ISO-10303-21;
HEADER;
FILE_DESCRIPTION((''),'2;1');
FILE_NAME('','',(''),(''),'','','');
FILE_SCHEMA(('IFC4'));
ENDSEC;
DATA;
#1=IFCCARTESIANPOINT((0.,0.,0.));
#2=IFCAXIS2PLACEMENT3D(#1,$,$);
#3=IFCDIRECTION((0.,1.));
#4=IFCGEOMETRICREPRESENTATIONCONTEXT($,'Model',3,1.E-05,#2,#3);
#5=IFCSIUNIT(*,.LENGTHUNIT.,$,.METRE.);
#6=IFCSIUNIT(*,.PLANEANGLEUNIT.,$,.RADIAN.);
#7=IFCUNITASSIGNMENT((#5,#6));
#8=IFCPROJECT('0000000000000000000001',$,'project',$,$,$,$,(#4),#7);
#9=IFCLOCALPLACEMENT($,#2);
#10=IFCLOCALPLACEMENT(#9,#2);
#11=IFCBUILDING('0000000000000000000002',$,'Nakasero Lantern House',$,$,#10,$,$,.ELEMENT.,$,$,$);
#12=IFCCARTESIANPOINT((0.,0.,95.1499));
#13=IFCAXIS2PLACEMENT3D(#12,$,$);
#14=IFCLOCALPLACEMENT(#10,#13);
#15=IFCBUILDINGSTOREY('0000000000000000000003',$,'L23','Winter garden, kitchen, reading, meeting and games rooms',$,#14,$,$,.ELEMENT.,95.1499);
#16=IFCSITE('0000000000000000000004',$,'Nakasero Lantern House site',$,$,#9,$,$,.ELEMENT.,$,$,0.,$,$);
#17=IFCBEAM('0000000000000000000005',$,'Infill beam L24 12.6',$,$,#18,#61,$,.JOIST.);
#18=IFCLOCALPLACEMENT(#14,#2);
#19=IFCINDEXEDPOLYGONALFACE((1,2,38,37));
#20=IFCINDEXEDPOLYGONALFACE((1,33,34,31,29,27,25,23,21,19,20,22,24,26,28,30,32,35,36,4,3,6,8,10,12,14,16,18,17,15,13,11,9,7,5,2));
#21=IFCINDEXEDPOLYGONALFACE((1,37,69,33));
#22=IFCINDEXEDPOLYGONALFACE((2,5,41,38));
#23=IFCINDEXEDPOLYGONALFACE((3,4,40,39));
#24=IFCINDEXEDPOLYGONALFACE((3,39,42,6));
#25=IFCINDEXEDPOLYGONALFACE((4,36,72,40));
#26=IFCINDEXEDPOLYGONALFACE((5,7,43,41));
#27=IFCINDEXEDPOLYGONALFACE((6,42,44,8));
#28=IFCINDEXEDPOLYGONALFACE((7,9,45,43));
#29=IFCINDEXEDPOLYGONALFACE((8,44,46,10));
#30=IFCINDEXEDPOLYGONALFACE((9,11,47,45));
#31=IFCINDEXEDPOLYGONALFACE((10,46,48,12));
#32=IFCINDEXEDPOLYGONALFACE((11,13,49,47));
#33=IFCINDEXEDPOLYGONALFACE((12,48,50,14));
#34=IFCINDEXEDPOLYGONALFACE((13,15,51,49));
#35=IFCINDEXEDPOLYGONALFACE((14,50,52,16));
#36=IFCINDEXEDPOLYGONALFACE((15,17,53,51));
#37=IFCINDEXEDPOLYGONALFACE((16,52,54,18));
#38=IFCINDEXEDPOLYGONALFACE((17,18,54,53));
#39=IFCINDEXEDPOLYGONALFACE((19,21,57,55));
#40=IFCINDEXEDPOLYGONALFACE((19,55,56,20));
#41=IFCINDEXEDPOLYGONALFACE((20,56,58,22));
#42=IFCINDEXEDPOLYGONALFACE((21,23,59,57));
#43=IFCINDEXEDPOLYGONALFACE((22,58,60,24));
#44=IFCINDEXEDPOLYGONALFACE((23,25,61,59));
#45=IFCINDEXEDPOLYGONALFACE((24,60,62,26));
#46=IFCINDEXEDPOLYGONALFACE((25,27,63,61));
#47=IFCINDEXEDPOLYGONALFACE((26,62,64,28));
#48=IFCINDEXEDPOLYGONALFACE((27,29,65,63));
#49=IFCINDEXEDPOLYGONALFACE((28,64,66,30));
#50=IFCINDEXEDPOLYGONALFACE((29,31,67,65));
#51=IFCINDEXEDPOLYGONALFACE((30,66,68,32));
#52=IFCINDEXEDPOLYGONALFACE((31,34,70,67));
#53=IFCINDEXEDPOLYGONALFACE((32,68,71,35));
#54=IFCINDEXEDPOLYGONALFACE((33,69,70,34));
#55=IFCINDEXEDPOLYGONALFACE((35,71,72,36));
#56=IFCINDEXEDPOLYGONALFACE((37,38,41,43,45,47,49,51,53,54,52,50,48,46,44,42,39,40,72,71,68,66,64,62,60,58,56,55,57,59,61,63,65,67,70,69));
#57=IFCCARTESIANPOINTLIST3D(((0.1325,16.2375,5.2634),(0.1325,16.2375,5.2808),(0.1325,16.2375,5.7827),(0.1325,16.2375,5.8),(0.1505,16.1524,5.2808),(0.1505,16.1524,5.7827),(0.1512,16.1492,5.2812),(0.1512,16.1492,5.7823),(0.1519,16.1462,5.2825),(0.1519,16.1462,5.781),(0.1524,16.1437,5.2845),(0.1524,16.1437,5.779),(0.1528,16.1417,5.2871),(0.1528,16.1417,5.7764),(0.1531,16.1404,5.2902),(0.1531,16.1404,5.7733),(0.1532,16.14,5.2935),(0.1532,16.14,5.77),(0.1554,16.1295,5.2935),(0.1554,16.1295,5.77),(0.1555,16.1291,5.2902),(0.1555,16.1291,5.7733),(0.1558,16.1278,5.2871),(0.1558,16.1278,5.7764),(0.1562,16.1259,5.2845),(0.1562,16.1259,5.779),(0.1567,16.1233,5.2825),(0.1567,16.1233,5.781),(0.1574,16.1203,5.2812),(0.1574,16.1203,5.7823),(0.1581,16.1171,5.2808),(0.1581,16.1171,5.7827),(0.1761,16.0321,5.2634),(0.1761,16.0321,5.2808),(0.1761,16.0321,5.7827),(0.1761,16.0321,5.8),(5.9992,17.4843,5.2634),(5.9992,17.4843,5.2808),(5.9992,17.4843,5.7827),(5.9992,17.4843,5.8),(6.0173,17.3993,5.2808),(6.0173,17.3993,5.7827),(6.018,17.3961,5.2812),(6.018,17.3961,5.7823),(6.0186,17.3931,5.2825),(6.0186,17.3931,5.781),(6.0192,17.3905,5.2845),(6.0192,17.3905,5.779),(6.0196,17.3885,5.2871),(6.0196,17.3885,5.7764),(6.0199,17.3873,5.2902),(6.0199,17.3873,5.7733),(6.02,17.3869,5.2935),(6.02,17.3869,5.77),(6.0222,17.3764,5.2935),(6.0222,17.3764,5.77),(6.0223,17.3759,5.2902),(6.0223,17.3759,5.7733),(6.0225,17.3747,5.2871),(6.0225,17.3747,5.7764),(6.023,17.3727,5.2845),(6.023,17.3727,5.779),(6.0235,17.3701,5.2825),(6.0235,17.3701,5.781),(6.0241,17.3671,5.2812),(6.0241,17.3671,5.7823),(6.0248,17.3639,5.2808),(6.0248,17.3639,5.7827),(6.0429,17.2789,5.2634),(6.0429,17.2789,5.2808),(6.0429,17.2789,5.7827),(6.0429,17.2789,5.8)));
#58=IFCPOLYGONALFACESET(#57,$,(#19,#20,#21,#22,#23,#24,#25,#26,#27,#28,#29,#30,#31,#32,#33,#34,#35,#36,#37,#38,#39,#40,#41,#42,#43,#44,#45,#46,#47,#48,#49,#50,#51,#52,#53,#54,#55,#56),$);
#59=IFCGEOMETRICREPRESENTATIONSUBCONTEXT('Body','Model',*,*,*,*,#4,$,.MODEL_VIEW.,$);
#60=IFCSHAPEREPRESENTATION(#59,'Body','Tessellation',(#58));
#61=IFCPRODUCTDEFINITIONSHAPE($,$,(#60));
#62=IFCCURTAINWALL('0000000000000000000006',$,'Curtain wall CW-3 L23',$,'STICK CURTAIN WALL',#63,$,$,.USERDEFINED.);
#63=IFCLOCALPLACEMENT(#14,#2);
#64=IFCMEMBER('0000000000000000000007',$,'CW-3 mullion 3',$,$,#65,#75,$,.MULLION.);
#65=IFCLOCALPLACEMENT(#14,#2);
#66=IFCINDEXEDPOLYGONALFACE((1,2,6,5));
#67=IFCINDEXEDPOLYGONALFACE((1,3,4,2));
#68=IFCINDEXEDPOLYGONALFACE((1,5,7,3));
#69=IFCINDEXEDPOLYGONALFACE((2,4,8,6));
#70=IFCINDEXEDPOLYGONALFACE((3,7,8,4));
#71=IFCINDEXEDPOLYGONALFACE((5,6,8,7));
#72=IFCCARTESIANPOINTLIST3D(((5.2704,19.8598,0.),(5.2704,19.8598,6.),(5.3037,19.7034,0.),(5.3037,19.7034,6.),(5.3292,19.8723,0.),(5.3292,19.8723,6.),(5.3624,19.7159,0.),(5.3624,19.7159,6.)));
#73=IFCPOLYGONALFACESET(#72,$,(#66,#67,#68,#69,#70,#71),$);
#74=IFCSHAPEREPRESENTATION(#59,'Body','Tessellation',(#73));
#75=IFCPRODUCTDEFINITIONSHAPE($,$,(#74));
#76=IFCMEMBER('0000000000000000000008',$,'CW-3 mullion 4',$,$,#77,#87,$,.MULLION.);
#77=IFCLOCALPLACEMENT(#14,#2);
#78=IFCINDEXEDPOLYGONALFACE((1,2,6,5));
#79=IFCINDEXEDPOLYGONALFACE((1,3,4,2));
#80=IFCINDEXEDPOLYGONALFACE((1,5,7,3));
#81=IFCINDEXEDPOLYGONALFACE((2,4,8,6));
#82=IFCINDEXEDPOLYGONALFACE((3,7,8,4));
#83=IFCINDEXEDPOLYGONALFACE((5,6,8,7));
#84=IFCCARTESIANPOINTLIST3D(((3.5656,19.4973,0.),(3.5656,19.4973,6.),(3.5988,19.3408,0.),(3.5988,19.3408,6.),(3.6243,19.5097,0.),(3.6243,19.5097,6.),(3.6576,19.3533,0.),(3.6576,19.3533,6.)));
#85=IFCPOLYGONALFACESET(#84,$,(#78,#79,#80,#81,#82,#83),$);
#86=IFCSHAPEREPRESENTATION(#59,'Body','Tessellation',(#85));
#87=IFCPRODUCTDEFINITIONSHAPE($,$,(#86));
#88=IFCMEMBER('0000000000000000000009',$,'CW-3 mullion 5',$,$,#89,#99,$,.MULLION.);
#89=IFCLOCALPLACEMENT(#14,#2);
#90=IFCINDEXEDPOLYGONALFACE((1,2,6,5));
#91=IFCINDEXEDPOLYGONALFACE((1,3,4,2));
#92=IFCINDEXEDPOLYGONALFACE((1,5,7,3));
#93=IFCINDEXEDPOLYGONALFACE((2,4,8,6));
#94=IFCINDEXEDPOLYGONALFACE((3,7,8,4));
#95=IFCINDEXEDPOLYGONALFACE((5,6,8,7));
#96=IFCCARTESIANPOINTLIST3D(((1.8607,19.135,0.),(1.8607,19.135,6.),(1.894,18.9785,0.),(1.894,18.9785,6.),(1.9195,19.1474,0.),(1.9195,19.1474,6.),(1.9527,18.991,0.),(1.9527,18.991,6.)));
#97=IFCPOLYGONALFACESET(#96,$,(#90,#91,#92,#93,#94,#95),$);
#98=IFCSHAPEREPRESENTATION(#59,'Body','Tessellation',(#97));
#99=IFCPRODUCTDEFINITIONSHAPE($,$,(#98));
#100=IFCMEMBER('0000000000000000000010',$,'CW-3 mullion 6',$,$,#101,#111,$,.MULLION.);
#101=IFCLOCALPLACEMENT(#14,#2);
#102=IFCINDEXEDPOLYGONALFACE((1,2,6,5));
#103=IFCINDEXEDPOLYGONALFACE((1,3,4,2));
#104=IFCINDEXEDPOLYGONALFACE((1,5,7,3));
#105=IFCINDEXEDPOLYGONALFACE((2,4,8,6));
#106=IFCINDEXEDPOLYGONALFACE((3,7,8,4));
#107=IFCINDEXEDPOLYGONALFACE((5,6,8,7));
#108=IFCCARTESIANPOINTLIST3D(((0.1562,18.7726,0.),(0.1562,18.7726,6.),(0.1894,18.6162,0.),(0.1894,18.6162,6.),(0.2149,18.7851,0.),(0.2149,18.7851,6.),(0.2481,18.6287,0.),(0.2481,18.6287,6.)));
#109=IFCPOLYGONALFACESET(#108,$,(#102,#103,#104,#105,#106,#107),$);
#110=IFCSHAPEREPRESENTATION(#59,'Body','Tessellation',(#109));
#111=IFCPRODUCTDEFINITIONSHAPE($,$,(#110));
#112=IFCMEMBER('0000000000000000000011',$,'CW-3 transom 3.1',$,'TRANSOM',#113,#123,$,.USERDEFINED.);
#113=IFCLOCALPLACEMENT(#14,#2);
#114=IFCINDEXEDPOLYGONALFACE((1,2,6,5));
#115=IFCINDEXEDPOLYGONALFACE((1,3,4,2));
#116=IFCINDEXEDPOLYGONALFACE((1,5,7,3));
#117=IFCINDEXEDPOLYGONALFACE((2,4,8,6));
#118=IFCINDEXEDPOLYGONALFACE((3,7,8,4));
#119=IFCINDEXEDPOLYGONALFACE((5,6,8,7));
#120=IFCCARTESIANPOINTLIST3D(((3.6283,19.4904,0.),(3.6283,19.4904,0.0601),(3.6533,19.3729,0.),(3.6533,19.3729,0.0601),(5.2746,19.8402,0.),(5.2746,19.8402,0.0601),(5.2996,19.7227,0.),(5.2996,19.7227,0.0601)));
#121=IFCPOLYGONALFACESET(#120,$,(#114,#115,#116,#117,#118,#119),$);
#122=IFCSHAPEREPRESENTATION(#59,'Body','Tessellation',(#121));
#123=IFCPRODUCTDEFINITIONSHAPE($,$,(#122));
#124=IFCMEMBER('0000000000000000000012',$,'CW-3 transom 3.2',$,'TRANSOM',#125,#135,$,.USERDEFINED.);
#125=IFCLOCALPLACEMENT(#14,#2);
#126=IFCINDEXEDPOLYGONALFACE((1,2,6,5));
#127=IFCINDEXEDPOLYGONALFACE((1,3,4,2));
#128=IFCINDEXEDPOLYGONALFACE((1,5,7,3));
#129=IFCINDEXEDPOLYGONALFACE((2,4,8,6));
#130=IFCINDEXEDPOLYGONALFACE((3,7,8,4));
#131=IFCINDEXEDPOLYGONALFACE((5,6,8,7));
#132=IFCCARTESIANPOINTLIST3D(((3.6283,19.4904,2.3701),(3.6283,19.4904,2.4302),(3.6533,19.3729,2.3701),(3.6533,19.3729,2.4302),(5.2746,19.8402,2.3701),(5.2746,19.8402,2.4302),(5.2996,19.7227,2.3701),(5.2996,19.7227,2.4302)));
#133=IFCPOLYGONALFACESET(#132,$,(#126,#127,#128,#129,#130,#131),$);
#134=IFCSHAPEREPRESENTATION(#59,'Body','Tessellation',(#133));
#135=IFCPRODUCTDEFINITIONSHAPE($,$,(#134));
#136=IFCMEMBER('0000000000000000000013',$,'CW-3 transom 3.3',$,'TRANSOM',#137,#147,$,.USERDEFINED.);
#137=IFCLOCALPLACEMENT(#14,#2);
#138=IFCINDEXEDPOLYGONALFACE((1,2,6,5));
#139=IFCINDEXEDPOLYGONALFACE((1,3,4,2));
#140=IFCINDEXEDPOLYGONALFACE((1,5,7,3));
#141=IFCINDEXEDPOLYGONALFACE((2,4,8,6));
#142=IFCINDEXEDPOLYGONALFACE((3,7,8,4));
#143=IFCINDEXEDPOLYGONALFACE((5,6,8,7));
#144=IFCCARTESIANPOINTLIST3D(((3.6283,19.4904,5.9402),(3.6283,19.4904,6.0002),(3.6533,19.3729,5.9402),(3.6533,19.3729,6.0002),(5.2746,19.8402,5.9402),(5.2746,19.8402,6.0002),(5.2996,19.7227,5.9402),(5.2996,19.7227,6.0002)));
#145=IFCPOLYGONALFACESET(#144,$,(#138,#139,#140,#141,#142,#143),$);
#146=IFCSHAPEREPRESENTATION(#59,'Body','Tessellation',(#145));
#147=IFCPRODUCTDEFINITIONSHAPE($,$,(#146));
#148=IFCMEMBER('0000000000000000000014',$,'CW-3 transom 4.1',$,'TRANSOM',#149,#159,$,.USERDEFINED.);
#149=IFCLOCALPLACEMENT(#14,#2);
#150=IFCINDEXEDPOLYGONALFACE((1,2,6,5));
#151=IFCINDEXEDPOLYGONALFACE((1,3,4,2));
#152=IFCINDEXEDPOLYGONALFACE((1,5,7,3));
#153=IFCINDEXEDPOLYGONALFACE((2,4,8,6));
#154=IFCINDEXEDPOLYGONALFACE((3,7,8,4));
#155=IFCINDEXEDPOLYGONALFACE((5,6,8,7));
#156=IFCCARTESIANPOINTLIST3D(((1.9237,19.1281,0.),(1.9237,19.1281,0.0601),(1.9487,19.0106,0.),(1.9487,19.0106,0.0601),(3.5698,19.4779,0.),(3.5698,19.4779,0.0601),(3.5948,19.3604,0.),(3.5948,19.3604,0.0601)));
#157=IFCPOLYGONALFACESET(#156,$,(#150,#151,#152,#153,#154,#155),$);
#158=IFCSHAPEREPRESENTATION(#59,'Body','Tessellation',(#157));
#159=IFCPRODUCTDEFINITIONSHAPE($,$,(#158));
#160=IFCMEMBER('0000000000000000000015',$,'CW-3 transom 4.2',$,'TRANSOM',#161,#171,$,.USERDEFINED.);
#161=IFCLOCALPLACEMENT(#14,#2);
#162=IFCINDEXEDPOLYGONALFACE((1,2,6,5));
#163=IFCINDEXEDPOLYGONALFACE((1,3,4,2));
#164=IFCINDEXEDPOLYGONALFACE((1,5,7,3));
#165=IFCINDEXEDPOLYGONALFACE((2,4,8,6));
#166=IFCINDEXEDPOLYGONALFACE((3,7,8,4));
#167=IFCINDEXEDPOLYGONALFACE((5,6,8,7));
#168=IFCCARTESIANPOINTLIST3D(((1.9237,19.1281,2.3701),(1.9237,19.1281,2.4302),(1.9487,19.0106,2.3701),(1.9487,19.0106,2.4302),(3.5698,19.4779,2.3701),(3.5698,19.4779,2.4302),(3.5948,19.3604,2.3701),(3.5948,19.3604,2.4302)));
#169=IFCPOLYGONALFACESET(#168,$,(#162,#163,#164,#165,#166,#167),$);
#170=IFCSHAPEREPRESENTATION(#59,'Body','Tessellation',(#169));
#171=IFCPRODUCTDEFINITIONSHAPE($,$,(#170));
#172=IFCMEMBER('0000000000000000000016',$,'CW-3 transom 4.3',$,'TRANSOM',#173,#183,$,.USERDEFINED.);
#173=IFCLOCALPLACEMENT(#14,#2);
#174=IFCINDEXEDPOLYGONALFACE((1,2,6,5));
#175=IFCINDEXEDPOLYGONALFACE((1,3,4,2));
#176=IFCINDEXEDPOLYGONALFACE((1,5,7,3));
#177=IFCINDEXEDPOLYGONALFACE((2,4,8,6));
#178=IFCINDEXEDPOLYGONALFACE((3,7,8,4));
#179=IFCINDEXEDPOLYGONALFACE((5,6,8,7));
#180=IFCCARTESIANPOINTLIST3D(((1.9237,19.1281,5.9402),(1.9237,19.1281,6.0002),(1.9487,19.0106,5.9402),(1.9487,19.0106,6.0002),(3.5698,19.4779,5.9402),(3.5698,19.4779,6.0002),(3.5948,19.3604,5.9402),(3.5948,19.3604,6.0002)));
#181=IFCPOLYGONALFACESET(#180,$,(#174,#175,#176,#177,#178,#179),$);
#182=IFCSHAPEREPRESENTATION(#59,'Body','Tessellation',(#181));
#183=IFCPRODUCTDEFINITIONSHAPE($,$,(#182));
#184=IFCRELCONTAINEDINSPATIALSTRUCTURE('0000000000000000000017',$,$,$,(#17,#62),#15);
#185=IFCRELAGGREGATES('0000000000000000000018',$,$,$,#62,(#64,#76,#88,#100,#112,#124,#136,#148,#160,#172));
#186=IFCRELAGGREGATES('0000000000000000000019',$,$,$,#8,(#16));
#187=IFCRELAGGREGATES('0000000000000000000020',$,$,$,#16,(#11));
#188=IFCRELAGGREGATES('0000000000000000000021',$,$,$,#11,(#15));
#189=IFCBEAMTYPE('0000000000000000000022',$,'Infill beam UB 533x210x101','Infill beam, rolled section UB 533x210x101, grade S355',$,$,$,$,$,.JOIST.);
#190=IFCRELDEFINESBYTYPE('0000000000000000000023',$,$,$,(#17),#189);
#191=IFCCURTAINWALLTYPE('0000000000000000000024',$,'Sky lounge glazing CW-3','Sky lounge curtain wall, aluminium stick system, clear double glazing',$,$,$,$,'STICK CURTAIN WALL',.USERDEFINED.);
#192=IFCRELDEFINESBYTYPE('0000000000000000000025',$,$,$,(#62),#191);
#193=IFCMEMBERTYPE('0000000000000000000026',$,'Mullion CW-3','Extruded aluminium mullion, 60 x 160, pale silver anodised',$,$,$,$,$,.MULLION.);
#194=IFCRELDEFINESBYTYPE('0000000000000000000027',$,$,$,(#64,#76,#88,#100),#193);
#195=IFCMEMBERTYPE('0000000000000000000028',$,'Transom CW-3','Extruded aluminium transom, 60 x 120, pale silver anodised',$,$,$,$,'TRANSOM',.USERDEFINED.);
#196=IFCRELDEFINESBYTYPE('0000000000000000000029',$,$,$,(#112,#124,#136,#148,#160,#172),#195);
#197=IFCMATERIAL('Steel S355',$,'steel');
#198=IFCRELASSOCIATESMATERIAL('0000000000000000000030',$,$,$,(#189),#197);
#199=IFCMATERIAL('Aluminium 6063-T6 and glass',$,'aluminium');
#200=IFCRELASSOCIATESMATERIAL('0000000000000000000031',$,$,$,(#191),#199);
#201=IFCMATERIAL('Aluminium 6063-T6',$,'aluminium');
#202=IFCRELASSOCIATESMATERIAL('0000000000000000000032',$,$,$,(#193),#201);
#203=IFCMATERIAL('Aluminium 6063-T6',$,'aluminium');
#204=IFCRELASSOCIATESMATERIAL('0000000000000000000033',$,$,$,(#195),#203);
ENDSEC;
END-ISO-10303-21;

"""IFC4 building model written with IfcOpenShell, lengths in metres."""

from ifc_helpers import new_model, si_unit, direction, frame, origin, origin_2d, place, context, subcontext, project, spatial, rectangle, i_section, extrude, material, material_profile, profile_set, type_object, element, aggregate, save


model = new_model("IFC4")

# Units and contexts
model_context = context("Model", 3, precision=1e-05, world=origin(), true_north=direction((0.0, 1.0)))
body_context = subcontext(model_context, "Body", "Model", "MODEL_VIEW")
ifc_project = project(units=[si_unit("LENGTHUNIT", "METRE"), si_unit("PLANEANGLEUNIT", "RADIAN")], contexts=[model_context])

# Site, building, storey
site_placement = place(None, origin())
site = spatial("IfcSite", under=ifc_project, at=site_placement, Name="Nakasero Lantern House site", CompositionType="ELEMENT", RefElevation=0.0)
building_placement = place(site_placement, origin())
building = spatial("IfcBuilding", under=site, at=building_placement, Name="Nakasero Lantern House", CompositionType="ELEMENT")
storey_placement = place(building_placement, frame((0.0, 0.0, 95.1499)))
storey = spatial("IfcBuildingStorey", under=building, at=storey_placement, Name="L23", Description="Winter garden, kitchen, reading, meeting and games rooms", CompositionType="ELEMENT", Elevation=95.1499)

# Beam
ifc_material_1 = material(Name="Steel S355", Category="steel")
ifc_material_profile_1 = material_profile(ifc_material_1, i_section(OverallWidth=0.21, OverallDepth=0.5366, WebThickness=0.0107, FlangeThickness=0.0173, FilletRadius=0.0127, at=origin_2d()), Name="UB 533x210x101")
ifc_profile_set_1 = profile_set([ifc_material_profile_1], Name="Steel S355")
beam_type = type_object("IfcBeamType", Name="Infill beam UB 533x210x101", Description="Infill beam, rolled section UB 533x210x101, grade S355", PredefinedType="JOIST", material=ifc_profile_set_1)
beam_placement = place(storey_placement, frame((0.1543, 16.1348, 5.5317), z_axis=(0.978154, 0.207883, 0.0), x_axis=(-0.207883, 0.978154, 0.0)))
element("IfcBeam", 1, at=beam_placement, inside=storey, type_object=beam_type, Name="Infill beam L24 12.6", PredefinedType="JOIST", context=body_context, shape_type="SweptSolid", body=[
    extrude(i_section(OverallWidth=0.21, OverallDepth=0.5366, WebThickness=0.0107, FlangeThickness=0.0173, FilletRadius=0.0127, at=origin_2d()), origin(), (0.0, 0.0, 1.0), 5.9978),
])

# Curtain wall, members
ifc_material_2 = material(Name="Aluminium 6063-T6 and glass", Category="aluminium")
curtain_wall_type = type_object("IfcCurtainWallType", Name="Sky lounge glazing CW-3", Description="Sky lounge curtain wall, aluminium stick system, clear double glazing", ElementType="STICK CURTAIN WALL", PredefinedType="USERDEFINED", material=ifc_material_2)
curtain_wall_placement = place(storey_placement, origin())
curtain_wall = element("IfcCurtainWall", 2, at=curtain_wall_placement, inside=storey, type_object=curtain_wall_type, Name="Curtain wall CW-3 L23", ObjectType="STICK CURTAIN WALL", PredefinedType="USERDEFINED")
ifc_material_3 = material(Name="Aluminium 6063-T6", Category="aluminium")
ifc_material_profile_2 = material_profile(ifc_material_3, rectangle(XDim=0.0601, YDim=0.1599, at=origin_2d()), Name="CW-3 mullion 60x160")
ifc_profile_set_2 = profile_set([ifc_material_profile_2], Name="Aluminium 6063-T6")
member_type_1 = type_object("IfcMemberType", Name="Mullion CW-3", Description="Extruded aluminium mullion, 60 x 160, pale silver anodised", PredefinedType="MULLION", material=ifc_profile_set_2)
member_1_placement = place(storey_placement, frame((5.3164, 19.7878, 0.0), z_axis=(0.0, 0.0, 1.0), x_axis=(-0.978148, -0.207912, 0.0)))
member_1 = element("IfcMember", 3, at=member_1_placement, type_object=member_type_1, Name="CW-3 mullion 3", PredefinedType="MULLION", context=body_context, shape_type="SweptSolid", body=[
    extrude(rectangle(XDim=0.0601, YDim=0.1599, at=origin_2d()), origin(), (0.0, 0.0, 1.0), 6.0),
])
member_2_placement = place(storey_placement, frame((3.6116, 19.4253, 0.0), z_axis=(0.0, 0.0, 1.0), x_axis=(-0.978148, -0.207912, 0.0)))
member_2 = element("IfcMember", 4, at=member_2_placement, type_object=member_type_1, Name="CW-3 mullion 4", PredefinedType="MULLION", context=body_context, shape_type="SweptSolid", body=[
    extrude(rectangle(XDim=0.0601, YDim=0.1599, at=origin_2d()), origin(), (0.0, 0.0, 1.0), 6.0),
])
member_3_placement = place(storey_placement, frame((1.9067, 19.063, 0.0), z_axis=(0.0, 0.0, 1.0), x_axis=(-0.978148, -0.207912, 0.0)))
member_3 = element("IfcMember", 5, at=member_3_placement, type_object=member_type_1, Name="CW-3 mullion 5", PredefinedType="MULLION", context=body_context, shape_type="SweptSolid", body=[
    extrude(rectangle(XDim=0.0601, YDim=0.1599, at=origin_2d()), origin(), (0.0, 0.0, 1.0), 6.0),
])
member_4_placement = place(storey_placement, frame((0.2021, 18.7007, 0.0), z_axis=(0.0, 0.0, 1.0), x_axis=(-0.978148, -0.207912, 0.0)))
member_4 = element("IfcMember", 6, at=member_4_placement, type_object=member_type_1, Name="CW-3 mullion 6", PredefinedType="MULLION", context=body_context, shape_type="SweptSolid", body=[
    extrude(rectangle(XDim=0.0601, YDim=0.1599, at=origin_2d()), origin(), (0.0, 0.0, 1.0), 6.0),
])
ifc_material_4 = material(Name="Aluminium 6063-T6", Category="aluminium")
ifc_material_profile_3 = material_profile(ifc_material_4, rectangle(XDim=0.0601, YDim=0.1201, at=origin_2d()), Name="CW-3 transom 60x120")
ifc_profile_set_3 = profile_set([ifc_material_profile_3], Name="Aluminium 6063-T6")
member_type_2 = type_object("IfcMemberType", Name="Transom CW-3", Description="Extruded aluminium transom, 60 x 120, pale silver anodised", ElementType="TRANSOM", PredefinedType="USERDEFINED", material=ifc_profile_set_3)
member_5_placement = place(storey_placement, frame((5.2871, 19.7815, 0.03), z_axis=(-0.978156, -0.207874, 0.0), x_axis=(0.0, 0.0, 1.0)))
member_5 = element("IfcMember", 7, at=member_5_placement, type_object=member_type_2, Name="CW-3 transom 3.1", ObjectType="TRANSOM", PredefinedType="USERDEFINED", context=body_context, shape_type="SweptSolid", body=[
    extrude(rectangle(XDim=0.0601, YDim=0.1201, at=origin_2d()), origin(), (0.0, 0.0, 1.0), 1.6831),
])
member_6_placement = place(storey_placement, frame((5.2871, 19.7815, 2.4001), z_axis=(-0.978156, -0.207874, 0.0), x_axis=(0.0, 0.0, 1.0)))
member_6 = element("IfcMember", 8, at=member_6_placement, type_object=member_type_2, Name="CW-3 transom 3.2", ObjectType="TRANSOM", PredefinedType="USERDEFINED", context=body_context, shape_type="SweptSolid", body=[
    extrude(rectangle(XDim=0.0601, YDim=0.1201, at=origin_2d()), origin(), (0.0, 0.0, 1.0), 1.6831),
])
member_7_placement = place(storey_placement, frame((5.2871, 19.7815, 5.9702), z_axis=(-0.978156, -0.207874, 0.0), x_axis=(0.0, 0.0, 1.0)))
member_7 = element("IfcMember", 9, at=member_7_placement, type_object=member_type_2, Name="CW-3 transom 3.3", ObjectType="TRANSOM", PredefinedType="USERDEFINED", context=body_context, shape_type="SweptSolid", body=[
    extrude(rectangle(XDim=0.0601, YDim=0.1201, at=origin_2d()), origin(), (0.0, 0.0, 1.0), 1.6831),
])
member_8_placement = place(storey_placement, frame((3.5823, 19.4192, 0.03), z_axis=(-0.978149, -0.207904, 0.0), x_axis=(0.0, 0.0, 1.0)))
member_8 = element("IfcMember", 10, at=member_8_placement, type_object=member_type_2, Name="CW-3 transom 4.1", ObjectType="TRANSOM", PredefinedType="USERDEFINED", context=body_context, shape_type="SweptSolid", body=[
    extrude(rectangle(XDim=0.0601, YDim=0.1201, at=origin_2d()), origin(), (0.0, 0.0, 1.0), 1.6829),
])
member_9_placement = place(storey_placement, frame((3.5823, 19.4192, 2.4001), z_axis=(-0.978149, -0.207904, 0.0), x_axis=(0.0, 0.0, 1.0)))
member_9 = element("IfcMember", 11, at=member_9_placement, type_object=member_type_2, Name="CW-3 transom 4.2", ObjectType="TRANSOM", PredefinedType="USERDEFINED", context=body_context, shape_type="SweptSolid", body=[
    extrude(rectangle(XDim=0.0601, YDim=0.1201, at=origin_2d()), origin(), (0.0, 0.0, 1.0), 1.6829),
])
member_10_placement = place(storey_placement, frame((3.5823, 19.4192, 5.9702), z_axis=(-0.978149, -0.207904, 0.0), x_axis=(0.0, 0.0, 1.0)))
member_10 = element("IfcMember", 12, at=member_10_placement, type_object=member_type_2, Name="CW-3 transom 4.3", ObjectType="TRANSOM", PredefinedType="USERDEFINED", context=body_context, shape_type="SweptSolid", body=[
    extrude(rectangle(XDim=0.0601, YDim=0.1201, at=origin_2d()), origin(), (0.0, 0.0, 1.0), 1.6829),
])
aggregate(curtain_wall, [member_1, member_2, member_3, member_4, member_5, member_6, member_7, member_8, member_9, member_10])

save(model, "model.ifc")
